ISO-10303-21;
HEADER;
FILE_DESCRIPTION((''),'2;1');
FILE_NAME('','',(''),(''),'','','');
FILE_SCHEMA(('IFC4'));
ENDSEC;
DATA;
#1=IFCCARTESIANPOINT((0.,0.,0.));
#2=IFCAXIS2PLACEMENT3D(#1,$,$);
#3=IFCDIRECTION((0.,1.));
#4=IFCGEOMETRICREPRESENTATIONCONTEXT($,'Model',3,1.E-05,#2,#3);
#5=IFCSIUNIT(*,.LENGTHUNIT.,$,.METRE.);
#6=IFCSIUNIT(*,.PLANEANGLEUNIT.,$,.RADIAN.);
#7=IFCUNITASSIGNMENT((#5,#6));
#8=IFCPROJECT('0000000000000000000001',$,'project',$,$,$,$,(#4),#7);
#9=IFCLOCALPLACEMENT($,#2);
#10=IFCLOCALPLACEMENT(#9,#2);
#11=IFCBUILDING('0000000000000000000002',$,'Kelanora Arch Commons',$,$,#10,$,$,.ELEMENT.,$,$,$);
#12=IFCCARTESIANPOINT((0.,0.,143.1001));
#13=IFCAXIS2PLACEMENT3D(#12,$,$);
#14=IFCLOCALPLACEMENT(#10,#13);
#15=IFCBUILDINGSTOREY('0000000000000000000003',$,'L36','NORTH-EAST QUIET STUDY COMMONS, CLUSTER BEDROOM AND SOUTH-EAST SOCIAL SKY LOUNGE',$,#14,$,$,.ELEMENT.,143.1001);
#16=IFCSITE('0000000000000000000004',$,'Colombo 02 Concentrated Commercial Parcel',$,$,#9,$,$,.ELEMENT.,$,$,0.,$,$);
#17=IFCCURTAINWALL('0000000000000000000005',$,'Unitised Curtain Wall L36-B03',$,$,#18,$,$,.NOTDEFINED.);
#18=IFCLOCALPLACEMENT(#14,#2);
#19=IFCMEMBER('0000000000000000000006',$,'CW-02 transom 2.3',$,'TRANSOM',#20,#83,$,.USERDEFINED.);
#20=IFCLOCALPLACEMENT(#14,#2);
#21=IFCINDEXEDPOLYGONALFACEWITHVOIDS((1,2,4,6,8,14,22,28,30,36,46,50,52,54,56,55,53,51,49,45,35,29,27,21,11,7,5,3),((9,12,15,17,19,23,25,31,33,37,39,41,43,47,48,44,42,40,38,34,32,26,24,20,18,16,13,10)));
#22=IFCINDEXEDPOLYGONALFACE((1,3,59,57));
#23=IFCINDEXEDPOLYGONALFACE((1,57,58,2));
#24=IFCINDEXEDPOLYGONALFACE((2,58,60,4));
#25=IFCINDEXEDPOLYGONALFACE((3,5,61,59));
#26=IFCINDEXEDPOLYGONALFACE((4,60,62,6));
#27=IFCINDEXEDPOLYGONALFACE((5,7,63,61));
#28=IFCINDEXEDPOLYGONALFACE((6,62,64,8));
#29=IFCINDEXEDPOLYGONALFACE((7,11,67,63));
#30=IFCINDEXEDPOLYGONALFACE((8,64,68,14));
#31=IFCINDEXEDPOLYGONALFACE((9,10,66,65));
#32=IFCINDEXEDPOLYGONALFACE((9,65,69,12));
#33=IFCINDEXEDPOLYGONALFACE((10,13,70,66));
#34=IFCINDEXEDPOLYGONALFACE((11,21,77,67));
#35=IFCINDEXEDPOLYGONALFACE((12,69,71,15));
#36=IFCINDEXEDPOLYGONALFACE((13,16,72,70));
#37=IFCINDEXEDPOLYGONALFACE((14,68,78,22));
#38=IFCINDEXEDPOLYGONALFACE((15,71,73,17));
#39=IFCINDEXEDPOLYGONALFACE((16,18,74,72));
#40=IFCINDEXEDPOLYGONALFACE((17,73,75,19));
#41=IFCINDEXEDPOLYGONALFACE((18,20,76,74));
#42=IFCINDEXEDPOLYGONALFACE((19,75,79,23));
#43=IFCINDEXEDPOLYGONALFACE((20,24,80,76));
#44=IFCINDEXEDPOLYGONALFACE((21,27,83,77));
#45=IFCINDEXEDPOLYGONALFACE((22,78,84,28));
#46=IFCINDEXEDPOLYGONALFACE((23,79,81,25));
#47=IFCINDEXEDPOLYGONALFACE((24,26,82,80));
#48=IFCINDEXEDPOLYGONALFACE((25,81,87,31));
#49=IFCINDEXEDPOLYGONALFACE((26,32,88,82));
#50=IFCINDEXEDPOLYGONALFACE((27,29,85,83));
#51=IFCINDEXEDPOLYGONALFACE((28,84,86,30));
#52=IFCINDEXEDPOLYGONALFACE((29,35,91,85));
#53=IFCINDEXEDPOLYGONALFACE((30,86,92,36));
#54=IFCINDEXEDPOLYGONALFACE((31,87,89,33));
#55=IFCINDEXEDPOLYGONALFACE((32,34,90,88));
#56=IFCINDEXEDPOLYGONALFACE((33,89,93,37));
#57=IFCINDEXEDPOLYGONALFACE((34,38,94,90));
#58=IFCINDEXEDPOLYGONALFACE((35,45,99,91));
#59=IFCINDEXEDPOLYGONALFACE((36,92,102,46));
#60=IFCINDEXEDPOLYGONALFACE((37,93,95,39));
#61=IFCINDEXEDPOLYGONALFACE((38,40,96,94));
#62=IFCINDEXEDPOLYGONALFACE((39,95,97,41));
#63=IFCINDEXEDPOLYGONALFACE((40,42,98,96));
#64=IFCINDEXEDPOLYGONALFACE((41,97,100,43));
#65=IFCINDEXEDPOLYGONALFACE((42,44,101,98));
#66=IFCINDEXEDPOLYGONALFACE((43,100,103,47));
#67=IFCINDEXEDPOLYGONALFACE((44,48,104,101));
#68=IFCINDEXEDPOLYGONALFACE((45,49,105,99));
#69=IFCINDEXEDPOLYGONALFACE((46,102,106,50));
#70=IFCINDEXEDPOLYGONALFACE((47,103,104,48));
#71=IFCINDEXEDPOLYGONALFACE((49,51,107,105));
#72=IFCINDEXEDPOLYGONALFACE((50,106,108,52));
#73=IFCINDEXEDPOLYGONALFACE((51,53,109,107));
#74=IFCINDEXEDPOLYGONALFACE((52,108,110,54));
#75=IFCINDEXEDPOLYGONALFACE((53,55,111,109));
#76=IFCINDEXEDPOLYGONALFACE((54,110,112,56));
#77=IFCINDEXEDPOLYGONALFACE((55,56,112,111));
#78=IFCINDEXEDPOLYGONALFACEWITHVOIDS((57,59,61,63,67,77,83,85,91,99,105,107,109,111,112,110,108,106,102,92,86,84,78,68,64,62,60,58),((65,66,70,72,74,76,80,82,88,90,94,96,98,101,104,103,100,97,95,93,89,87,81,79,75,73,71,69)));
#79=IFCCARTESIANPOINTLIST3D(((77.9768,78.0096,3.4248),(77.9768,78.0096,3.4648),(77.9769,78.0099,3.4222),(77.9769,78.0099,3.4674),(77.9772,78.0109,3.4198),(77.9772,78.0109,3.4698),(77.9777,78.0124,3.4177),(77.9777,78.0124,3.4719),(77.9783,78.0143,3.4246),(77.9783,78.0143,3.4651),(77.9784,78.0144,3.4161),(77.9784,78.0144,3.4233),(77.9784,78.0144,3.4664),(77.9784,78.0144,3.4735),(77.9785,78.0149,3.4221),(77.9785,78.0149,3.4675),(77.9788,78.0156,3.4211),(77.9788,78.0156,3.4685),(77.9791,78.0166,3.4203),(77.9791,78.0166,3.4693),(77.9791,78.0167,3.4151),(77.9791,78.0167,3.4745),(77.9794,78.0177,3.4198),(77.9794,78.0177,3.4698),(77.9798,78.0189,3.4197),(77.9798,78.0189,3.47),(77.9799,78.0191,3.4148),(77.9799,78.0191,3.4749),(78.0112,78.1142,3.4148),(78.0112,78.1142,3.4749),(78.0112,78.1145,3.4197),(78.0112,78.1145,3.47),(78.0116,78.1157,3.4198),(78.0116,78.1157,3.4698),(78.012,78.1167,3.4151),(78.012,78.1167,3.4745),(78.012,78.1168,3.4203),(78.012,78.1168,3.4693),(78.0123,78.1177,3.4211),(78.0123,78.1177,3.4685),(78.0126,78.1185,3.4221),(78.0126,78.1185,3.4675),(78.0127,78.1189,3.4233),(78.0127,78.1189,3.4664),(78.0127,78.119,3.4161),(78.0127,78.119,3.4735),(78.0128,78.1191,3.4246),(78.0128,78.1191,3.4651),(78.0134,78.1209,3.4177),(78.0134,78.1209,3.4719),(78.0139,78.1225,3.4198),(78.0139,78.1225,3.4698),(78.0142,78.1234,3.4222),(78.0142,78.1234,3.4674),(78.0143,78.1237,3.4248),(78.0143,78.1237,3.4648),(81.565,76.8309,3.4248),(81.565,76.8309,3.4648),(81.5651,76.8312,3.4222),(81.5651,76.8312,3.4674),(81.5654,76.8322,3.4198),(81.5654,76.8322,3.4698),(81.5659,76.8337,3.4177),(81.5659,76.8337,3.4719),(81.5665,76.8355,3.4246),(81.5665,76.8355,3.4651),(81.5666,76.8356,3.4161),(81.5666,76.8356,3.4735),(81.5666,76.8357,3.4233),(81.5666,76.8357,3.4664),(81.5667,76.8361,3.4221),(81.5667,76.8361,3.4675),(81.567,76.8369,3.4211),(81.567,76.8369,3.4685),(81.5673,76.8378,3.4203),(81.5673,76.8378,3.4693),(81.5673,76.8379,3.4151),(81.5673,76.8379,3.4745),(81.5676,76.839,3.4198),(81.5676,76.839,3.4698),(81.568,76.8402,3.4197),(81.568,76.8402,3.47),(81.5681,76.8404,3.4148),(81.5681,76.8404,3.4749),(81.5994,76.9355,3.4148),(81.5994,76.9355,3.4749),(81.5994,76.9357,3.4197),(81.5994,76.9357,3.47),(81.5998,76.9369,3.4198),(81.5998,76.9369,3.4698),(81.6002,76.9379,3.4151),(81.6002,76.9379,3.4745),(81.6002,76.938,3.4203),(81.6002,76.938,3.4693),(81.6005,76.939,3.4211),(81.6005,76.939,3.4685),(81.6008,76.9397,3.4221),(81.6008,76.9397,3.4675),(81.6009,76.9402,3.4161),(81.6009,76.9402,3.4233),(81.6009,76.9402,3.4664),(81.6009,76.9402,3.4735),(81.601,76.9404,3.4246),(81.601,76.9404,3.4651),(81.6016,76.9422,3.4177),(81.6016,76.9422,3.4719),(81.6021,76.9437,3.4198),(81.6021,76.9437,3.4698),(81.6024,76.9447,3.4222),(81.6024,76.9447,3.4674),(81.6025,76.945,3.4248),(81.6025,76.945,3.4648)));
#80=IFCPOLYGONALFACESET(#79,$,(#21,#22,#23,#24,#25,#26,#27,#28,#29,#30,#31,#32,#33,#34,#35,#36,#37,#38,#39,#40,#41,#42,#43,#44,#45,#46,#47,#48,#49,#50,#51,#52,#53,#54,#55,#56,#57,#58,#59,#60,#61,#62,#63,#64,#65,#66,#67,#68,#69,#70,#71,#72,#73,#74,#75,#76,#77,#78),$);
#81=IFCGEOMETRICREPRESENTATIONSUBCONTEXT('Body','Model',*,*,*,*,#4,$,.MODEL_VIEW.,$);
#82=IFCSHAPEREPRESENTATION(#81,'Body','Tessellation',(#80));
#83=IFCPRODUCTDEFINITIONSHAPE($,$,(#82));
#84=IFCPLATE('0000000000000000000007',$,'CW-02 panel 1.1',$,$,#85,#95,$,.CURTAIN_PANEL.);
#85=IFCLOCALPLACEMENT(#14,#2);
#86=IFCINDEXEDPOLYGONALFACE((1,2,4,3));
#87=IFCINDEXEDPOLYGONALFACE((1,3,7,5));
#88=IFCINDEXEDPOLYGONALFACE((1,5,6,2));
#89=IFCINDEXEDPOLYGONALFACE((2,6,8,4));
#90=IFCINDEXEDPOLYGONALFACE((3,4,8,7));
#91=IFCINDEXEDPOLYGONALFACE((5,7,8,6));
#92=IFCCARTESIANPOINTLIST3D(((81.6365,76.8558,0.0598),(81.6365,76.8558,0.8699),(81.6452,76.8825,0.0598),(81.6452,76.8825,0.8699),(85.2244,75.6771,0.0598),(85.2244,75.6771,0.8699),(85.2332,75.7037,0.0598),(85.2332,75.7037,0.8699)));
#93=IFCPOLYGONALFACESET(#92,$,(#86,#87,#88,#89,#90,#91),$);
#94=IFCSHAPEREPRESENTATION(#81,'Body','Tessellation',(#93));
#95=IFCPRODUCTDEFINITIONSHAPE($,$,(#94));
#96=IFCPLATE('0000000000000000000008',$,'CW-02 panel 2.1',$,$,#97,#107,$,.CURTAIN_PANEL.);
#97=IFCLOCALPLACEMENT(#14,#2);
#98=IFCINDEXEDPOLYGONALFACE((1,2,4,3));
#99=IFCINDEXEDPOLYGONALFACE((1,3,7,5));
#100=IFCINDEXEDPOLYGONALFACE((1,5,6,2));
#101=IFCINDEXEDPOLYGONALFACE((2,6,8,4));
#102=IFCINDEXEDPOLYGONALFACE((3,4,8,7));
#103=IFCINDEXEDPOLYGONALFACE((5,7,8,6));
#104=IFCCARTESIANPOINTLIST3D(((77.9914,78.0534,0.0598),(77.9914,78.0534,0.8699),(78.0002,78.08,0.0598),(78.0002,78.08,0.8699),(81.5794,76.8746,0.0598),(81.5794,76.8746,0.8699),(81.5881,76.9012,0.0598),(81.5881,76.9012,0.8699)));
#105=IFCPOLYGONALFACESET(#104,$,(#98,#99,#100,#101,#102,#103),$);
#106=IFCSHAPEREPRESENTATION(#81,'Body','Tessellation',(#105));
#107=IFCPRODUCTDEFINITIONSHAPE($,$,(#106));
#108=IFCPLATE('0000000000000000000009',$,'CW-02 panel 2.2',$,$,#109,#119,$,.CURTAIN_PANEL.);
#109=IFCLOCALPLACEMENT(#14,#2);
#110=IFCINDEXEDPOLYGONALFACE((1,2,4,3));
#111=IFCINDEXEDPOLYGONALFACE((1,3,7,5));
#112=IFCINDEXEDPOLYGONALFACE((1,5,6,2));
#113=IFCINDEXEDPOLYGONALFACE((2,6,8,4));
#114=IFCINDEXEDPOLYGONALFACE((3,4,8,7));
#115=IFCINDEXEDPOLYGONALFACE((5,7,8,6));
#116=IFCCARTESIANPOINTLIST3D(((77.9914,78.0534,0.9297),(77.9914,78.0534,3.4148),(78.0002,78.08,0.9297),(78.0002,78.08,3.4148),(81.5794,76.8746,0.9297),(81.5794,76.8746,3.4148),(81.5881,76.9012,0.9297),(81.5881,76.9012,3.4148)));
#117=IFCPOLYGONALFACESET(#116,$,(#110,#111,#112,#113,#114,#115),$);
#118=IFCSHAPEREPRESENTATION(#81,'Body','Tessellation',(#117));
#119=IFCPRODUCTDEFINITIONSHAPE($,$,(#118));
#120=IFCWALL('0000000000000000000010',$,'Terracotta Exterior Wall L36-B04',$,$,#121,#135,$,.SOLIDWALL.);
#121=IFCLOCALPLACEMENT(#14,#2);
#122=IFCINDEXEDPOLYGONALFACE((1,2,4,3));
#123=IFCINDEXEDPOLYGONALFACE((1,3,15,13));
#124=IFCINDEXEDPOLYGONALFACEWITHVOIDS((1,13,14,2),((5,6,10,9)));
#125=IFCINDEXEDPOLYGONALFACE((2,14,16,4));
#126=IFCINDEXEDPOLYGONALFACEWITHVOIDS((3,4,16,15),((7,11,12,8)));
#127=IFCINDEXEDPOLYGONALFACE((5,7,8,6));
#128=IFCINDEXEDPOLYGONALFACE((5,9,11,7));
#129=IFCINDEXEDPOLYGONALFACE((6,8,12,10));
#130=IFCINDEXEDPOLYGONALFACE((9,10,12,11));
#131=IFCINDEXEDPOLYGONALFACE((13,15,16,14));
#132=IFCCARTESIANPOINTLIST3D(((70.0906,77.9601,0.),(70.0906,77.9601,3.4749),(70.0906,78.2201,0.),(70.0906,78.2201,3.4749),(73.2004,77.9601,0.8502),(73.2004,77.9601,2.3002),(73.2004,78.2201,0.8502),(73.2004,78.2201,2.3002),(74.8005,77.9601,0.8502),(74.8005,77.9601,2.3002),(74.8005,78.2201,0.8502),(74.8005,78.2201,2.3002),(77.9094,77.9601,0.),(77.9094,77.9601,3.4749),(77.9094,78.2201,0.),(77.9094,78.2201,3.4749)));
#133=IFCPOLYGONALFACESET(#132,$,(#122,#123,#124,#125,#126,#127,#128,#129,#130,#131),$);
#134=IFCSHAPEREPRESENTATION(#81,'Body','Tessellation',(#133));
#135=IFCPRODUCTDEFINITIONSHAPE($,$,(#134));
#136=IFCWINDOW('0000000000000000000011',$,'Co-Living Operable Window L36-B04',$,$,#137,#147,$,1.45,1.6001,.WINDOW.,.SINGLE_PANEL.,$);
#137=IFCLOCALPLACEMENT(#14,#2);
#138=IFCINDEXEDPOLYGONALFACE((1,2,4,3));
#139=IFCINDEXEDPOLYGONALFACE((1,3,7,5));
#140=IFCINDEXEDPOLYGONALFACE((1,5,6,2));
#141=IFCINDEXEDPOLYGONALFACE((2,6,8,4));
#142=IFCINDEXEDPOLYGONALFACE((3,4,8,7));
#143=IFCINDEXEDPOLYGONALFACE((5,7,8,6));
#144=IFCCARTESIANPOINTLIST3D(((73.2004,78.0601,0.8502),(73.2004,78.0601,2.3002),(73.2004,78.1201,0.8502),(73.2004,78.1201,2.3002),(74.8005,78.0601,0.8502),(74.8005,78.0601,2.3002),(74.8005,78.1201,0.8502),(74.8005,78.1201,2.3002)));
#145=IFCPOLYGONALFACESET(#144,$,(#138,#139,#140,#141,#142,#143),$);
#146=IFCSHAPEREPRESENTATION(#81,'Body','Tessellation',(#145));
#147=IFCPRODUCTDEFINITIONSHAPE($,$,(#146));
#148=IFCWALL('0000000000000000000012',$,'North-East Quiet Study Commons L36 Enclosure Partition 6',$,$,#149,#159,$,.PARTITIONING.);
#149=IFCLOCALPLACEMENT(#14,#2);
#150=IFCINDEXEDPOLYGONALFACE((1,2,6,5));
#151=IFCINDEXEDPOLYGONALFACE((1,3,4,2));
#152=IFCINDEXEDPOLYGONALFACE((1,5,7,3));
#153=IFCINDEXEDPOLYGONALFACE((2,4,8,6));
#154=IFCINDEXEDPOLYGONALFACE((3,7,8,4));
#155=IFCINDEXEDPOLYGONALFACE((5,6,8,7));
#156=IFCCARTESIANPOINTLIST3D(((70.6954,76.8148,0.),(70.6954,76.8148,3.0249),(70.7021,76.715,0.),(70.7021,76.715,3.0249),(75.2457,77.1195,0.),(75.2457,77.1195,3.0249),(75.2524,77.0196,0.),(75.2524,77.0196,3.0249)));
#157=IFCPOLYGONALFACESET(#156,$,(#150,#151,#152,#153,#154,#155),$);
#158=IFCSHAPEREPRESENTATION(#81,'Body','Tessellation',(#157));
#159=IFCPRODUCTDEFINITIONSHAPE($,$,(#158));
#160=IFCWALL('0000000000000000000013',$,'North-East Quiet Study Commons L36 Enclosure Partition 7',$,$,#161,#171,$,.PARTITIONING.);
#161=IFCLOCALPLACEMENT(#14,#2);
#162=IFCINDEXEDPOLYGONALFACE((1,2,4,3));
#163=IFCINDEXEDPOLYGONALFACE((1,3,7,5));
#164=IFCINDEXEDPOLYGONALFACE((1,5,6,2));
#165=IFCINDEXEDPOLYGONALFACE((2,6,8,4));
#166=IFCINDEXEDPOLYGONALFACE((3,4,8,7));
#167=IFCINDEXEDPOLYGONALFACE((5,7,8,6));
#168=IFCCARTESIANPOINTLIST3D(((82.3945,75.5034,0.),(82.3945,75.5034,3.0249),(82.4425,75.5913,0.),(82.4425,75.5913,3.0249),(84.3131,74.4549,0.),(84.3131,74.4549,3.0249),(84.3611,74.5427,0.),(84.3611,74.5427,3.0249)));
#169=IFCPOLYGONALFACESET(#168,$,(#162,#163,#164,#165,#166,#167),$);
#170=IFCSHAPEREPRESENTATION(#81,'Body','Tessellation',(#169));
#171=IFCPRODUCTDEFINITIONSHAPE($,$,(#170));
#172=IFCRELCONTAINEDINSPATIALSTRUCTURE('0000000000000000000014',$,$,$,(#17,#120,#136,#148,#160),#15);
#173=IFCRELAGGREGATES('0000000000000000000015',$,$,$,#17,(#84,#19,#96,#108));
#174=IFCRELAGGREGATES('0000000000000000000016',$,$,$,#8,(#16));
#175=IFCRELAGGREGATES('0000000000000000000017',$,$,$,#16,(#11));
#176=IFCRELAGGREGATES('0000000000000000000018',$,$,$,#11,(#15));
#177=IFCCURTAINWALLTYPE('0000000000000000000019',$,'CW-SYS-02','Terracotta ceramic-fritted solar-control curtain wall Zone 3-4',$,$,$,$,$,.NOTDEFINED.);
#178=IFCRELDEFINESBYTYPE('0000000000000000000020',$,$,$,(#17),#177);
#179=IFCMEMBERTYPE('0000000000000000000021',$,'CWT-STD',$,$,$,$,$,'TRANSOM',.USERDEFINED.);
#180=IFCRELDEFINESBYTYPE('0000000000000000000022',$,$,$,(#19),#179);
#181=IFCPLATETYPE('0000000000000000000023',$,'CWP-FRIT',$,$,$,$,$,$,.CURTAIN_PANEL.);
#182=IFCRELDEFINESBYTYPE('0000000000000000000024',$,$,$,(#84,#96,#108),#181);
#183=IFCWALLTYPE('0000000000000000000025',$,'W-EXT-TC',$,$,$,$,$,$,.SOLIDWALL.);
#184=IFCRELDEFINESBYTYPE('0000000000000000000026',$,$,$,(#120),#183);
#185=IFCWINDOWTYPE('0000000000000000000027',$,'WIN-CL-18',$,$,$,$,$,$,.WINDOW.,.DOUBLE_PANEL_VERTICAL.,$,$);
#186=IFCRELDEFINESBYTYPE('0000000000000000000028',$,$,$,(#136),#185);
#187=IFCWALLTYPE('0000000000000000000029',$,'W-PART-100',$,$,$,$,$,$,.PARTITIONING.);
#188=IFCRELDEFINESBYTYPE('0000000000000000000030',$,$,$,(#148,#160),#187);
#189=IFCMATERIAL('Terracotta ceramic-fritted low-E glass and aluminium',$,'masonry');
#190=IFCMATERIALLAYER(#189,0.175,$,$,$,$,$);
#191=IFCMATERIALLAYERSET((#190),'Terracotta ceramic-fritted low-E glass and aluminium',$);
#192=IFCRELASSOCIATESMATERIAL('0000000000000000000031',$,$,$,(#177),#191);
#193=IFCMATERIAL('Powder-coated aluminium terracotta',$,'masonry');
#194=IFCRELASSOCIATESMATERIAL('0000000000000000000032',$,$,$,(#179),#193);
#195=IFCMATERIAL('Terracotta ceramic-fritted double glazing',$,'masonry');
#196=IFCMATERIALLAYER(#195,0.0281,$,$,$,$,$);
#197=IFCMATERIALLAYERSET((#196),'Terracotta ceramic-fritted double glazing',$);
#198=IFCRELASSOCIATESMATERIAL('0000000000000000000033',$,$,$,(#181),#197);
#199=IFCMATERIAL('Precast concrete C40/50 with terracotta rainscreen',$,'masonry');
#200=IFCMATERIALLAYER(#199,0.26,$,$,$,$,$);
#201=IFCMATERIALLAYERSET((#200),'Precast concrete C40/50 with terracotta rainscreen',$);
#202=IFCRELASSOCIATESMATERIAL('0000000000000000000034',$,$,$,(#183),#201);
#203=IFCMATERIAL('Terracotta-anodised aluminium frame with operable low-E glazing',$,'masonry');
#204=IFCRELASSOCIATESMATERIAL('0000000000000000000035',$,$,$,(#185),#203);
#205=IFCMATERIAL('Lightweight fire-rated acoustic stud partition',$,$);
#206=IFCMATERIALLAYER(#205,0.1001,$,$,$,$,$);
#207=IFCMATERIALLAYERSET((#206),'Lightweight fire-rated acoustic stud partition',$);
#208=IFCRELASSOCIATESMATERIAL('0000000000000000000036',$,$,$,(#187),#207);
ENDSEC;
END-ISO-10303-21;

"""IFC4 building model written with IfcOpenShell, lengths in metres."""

from ifc_helpers import new_model, si_unit, direction, frame, frame_2d, origin, origin_2d, place, context, subcontext, project, spatial, rectangle, hollow_rectangle, extrude, source, transform, mapped, material, layer, layer_set, material_profile, profile_set, type_object, element, fill, aggregate, save


model = new_model("IFC4")

# Units and contexts
model_context = context("Model", 3, precision=1e-05, world=origin(), true_north=direction((0.0, 1.0)))
body_context = subcontext(model_context, "Body", "Model", "MODEL_VIEW")
ifc_project = project(units=[si_unit("LENGTHUNIT", "METRE"), si_unit("PLANEANGLEUNIT", "RADIAN")], contexts=[model_context])

# Site, building, storey
site_placement = place(None, origin())
site = spatial("IfcSite", under=ifc_project, at=site_placement, Name="Colombo 02 Concentrated Commercial Parcel", CompositionType="ELEMENT", RefElevation=0.0)
building_placement = place(site_placement, origin())
building = spatial("IfcBuilding", under=site, at=building_placement, Name="Kelanora Arch Commons", CompositionType="ELEMENT")
storey_placement = place(building_placement, frame((0.0, 0.0, 143.1001)))
storey = spatial("IfcBuildingStorey", under=building, at=storey_placement, Name="L36", Description="NORTH-EAST QUIET STUDY COMMONS, CLUSTER BEDROOM AND SOUTH-EAST SOCIAL SKY LOUNGE", CompositionType="ELEMENT", Elevation=143.1001)

# Curtain wall, member, plates
ifc_material_1 = material(Name="Terracotta ceramic-fritted low-E glass and aluminium", Category="masonry")
ifc_layer_1 = layer(ifc_material_1, 0.175)
ifc_layer_set_1 = layer_set([ifc_layer_1], Name="Terracotta ceramic-fritted low-E glass and aluminium")
curtain_wall_type = type_object("IfcCurtainWallType", Name="CW-SYS-02", Description="Terracotta ceramic-fritted solar-control curtain wall Zone 3-4", PredefinedType="NOTDEFINED", material=ifc_layer_set_1)
curtain_wall_placement = place(storey_placement, origin())
curtain_wall = element("IfcCurtainWall", 1, at=curtain_wall_placement, inside=storey, type_object=curtain_wall_type, Name="Unitised Curtain Wall L36-B03", PredefinedType="NOTDEFINED")
ifc_material_2 = material(Name="Powder-coated aluminium terracotta", Category="masonry")
ifc_material_profile_1 = material_profile(ifc_material_2, hollow_rectangle(XDim=0.1201, YDim=0.0601, WallThickness=0.0049, InnerFilletRadius=0.0049, OuterFilletRadius=0.01, at=origin_2d()), Name="CWT120x60")
ifc_profile_set_1 = profile_set([ifc_material_profile_1], Name="Powder-coated aluminium terracotta")
member_type_1 = type_object("IfcMemberType", Name="CWT-STD", ElementType="TRANSOM", PredefinedType="USERDEFINED", material=ifc_profile_set_1)
member_1_placement = place(storey_placement, frame((81.5837, 76.8879, 3.4448), z_axis=(-0.950051, 0.312094, 0.0), x_axis=(-0.312094, -0.950051, 0.0)))
member_1 = element("IfcMember", 2, at=member_1_placement, type_object=member_type_1, Name="CW-02 transom 2.3", ObjectType="TRANSOM", PredefinedType="USERDEFINED", context=body_context, shape_type="SweptSolid", body=[
    extrude(hollow_rectangle(XDim=0.1201, YDim=0.0601, WallThickness=0.0049, InnerFilletRadius=0.0049, OuterFilletRadius=0.01, at=origin_2d()), origin(), (0.0, 0.0, 1.0), 3.7769),
])
ifc_material_3 = material(Name="Terracotta ceramic-fritted double glazing", Category="masonry")
ifc_layer_2 = layer(ifc_material_3, 0.0281)
ifc_layer_set_2 = layer_set([ifc_layer_2], Name="Terracotta ceramic-fritted double glazing")
plate_type = type_object("IfcPlateType", Name="CWP-FRIT", PredefinedType="CURTAIN_PANEL", material=ifc_layer_set_2)
shared_shape_1 = source(origin(), body_context, "Body", "SweptSolid", [
    extrude(rectangle(XDim=3.7766, YDim=0.0281, at=origin_2d()), origin(), (0.0, 0.0, 1.0), 0.8101),
])
plate_1_placement = place(storey_placement, frame((83.4348, 76.2798, 0.0598), z_axis=(0.0, 0.0, 1.0), x_axis=(-0.95004, 0.312128, 0.0)))
plate_1 = element("IfcPlate", 3, at=plate_1_placement, type_object=plate_type, Name="CW-02 panel 1.1", PredefinedType="CURTAIN_PANEL", context=body_context, shape_type="MappedRepresentation", body=[
    mapped(shared_shape_1, transform((0.0, 0.0, 0.0), scale=1.0)),
])
plate_2_placement = place(storey_placement, frame((79.7898, 77.4773, 0.0598), z_axis=(0.0, 0.0, 1.0), x_axis=(-0.95004, 0.312128, 0.0)))
plate_2 = element("IfcPlate", 4, at=plate_2_placement, type_object=plate_type, Name="CW-02 panel 2.1", PredefinedType="CURTAIN_PANEL", context=body_context, shape_type="MappedRepresentation", body=[
    mapped(shared_shape_1, transform((0.0, 0.0, 0.0), scale=1.0)),
])
shared_shape_2 = source(origin(), body_context, "Body", "SweptSolid", [
    extrude(rectangle(XDim=3.7766, YDim=0.0281, at=origin_2d()), origin(), (0.0, 0.0, 1.0), 2.4851),
])
plate_3_placement = place(storey_placement, frame((79.7898, 77.4773, 0.9297), z_axis=(0.0, 0.0, 1.0), x_axis=(-0.95004, 0.312128, 0.0)))
plate_3 = element("IfcPlate", 5, at=plate_3_placement, type_object=plate_type, Name="CW-02 panel 2.2", PredefinedType="CURTAIN_PANEL", context=body_context, shape_type="MappedRepresentation", body=[
    mapped(shared_shape_2, transform((0.0, 0.0, 0.0), scale=1.0)),
])
aggregate(curtain_wall, [plate_1, member_1, plate_2, plate_3])

# Wall, opening, window
ifc_material_4 = material(Name="Precast concrete C40/50 with terracotta rainscreen", Category="masonry")
ifc_layer_3 = layer(ifc_material_4, 0.26)
ifc_layer_set_3 = layer_set([ifc_layer_3], Name="Precast concrete C40/50 with terracotta rainscreen")
wall_type_1 = type_object("IfcWallType", Name="W-EXT-TC", PredefinedType="SOLIDWALL", material=ifc_layer_set_3)
wall_1_placement = place(storey_placement, frame((77.9094, 78.0901, 0.0), z_axis=(0.0, 0.0, 1.0), x_axis=(-1.0, 0.0, 0.0)))
wall_1 = element("IfcWall", 6, at=wall_1_placement, inside=storey, type_object=wall_type_1, Name="Terracotta Exterior Wall L36-B04", PredefinedType="SOLIDWALL", context=body_context, shape_type="SweptSolid", body=[
    extrude(rectangle(XDim=7.8188, YDim=0.26, at=frame_2d((3.9094, 0.0))), origin(), (0.0, 0.0, 1.0), 3.4749),
])
opening_1_placement = place(wall_1_placement, frame((3.1089, 0.0, 0.8501)))
opening_1 = element("IfcOpeningElement", 7, at=opening_1_placement, cuts=wall_1, PredefinedType="OPENING", context=body_context, shape_type="SweptSolid", body=[
    extrude(rectangle(XDim=1.6001, YDim=1.45, at=frame_2d((0.8, 0.7251))), frame((0.0, 0.1401, 0.0), z_axis=(0.0, -1.0, 0.0), x_axis=(1.0, 0.0, 0.0)), (0.0, 0.0, 1.0), 0.28),
])
ifc_material_5 = material(Name="Terracotta-anodised aluminium frame with operable low-E glazing", Category="masonry")
window_type = type_object("IfcWindowType", Name="WIN-CL-18", PartitioningType="DOUBLE_PANEL_VERTICAL", PredefinedType="WINDOW", material=ifc_material_5)
window_placement = place(opening_1_placement, origin())
window = element("IfcWindow", 8, at=window_placement, inside=storey, type_object=window_type, Name="Co-Living Operable Window L36-B04", OverallHeight=1.45, OverallWidth=1.6001, PartitioningType="SINGLE_PANEL", PredefinedType="WINDOW", context=body_context, shape_type="SweptSolid", body=[
    extrude(rectangle(XDim=1.6001, YDim=1.45, at=frame_2d((0.8, 0.7251))), frame((0.0, 0.03, 0.0), z_axis=(0.0, -1.0, 0.0), x_axis=(1.0, 0.0, 0.0)), (0.0, 0.0, 1.0), 0.0601),
])
fill(opening_1, window)

# Walls
ifc_material_6 = material(Name="Lightweight fire-rated acoustic stud partition")
ifc_layer_4 = layer(ifc_material_6, 0.1001)
ifc_layer_set_4 = layer_set([ifc_layer_4], Name="Lightweight fire-rated acoustic stud partition")
wall_type_2 = type_object("IfcWallType", Name="W-PART-100", PredefinedType="PARTITIONING", material=ifc_layer_set_4)
wall_2_placement = place(storey_placement, frame((70.6987, 76.7649, 0.0), z_axis=(0.0, 0.0, 1.0), x_axis=(0.997766, 0.06681, 0.0)))
element("IfcWall", 9, at=wall_2_placement, inside=storey, type_object=wall_type_2, Name="North-East Quiet Study Commons L36 Enclosure Partition 6", PredefinedType="PARTITIONING", context=body_context, shape_type="SweptSolid", body=[
    extrude(rectangle(XDim=4.5605, YDim=0.1001, at=frame_2d((2.2803, 0.0))), origin(), (0.0, 0.0, 1.0), 3.0249),
])
wall_3_placement = place(storey_placement, frame((82.4185, 75.5474, 0.0), z_axis=(0.0, 0.0, 1.0), x_axis=(0.877507, -0.479564, 0.0)))
element("IfcWall", 10, at=wall_3_placement, inside=storey, type_object=wall_type_2, Name="North-East Quiet Study Commons L36 Enclosure Partition 7", PredefinedType="PARTITIONING", context=body_context, shape_type="SweptSolid", body=[
    extrude(rectangle(XDim=2.1865, YDim=0.1001, at=frame_2d((1.0933, 0.0))), origin(), (0.0, 0.0, 1.0), 3.0249),
])

save(model, "model.ifc")
